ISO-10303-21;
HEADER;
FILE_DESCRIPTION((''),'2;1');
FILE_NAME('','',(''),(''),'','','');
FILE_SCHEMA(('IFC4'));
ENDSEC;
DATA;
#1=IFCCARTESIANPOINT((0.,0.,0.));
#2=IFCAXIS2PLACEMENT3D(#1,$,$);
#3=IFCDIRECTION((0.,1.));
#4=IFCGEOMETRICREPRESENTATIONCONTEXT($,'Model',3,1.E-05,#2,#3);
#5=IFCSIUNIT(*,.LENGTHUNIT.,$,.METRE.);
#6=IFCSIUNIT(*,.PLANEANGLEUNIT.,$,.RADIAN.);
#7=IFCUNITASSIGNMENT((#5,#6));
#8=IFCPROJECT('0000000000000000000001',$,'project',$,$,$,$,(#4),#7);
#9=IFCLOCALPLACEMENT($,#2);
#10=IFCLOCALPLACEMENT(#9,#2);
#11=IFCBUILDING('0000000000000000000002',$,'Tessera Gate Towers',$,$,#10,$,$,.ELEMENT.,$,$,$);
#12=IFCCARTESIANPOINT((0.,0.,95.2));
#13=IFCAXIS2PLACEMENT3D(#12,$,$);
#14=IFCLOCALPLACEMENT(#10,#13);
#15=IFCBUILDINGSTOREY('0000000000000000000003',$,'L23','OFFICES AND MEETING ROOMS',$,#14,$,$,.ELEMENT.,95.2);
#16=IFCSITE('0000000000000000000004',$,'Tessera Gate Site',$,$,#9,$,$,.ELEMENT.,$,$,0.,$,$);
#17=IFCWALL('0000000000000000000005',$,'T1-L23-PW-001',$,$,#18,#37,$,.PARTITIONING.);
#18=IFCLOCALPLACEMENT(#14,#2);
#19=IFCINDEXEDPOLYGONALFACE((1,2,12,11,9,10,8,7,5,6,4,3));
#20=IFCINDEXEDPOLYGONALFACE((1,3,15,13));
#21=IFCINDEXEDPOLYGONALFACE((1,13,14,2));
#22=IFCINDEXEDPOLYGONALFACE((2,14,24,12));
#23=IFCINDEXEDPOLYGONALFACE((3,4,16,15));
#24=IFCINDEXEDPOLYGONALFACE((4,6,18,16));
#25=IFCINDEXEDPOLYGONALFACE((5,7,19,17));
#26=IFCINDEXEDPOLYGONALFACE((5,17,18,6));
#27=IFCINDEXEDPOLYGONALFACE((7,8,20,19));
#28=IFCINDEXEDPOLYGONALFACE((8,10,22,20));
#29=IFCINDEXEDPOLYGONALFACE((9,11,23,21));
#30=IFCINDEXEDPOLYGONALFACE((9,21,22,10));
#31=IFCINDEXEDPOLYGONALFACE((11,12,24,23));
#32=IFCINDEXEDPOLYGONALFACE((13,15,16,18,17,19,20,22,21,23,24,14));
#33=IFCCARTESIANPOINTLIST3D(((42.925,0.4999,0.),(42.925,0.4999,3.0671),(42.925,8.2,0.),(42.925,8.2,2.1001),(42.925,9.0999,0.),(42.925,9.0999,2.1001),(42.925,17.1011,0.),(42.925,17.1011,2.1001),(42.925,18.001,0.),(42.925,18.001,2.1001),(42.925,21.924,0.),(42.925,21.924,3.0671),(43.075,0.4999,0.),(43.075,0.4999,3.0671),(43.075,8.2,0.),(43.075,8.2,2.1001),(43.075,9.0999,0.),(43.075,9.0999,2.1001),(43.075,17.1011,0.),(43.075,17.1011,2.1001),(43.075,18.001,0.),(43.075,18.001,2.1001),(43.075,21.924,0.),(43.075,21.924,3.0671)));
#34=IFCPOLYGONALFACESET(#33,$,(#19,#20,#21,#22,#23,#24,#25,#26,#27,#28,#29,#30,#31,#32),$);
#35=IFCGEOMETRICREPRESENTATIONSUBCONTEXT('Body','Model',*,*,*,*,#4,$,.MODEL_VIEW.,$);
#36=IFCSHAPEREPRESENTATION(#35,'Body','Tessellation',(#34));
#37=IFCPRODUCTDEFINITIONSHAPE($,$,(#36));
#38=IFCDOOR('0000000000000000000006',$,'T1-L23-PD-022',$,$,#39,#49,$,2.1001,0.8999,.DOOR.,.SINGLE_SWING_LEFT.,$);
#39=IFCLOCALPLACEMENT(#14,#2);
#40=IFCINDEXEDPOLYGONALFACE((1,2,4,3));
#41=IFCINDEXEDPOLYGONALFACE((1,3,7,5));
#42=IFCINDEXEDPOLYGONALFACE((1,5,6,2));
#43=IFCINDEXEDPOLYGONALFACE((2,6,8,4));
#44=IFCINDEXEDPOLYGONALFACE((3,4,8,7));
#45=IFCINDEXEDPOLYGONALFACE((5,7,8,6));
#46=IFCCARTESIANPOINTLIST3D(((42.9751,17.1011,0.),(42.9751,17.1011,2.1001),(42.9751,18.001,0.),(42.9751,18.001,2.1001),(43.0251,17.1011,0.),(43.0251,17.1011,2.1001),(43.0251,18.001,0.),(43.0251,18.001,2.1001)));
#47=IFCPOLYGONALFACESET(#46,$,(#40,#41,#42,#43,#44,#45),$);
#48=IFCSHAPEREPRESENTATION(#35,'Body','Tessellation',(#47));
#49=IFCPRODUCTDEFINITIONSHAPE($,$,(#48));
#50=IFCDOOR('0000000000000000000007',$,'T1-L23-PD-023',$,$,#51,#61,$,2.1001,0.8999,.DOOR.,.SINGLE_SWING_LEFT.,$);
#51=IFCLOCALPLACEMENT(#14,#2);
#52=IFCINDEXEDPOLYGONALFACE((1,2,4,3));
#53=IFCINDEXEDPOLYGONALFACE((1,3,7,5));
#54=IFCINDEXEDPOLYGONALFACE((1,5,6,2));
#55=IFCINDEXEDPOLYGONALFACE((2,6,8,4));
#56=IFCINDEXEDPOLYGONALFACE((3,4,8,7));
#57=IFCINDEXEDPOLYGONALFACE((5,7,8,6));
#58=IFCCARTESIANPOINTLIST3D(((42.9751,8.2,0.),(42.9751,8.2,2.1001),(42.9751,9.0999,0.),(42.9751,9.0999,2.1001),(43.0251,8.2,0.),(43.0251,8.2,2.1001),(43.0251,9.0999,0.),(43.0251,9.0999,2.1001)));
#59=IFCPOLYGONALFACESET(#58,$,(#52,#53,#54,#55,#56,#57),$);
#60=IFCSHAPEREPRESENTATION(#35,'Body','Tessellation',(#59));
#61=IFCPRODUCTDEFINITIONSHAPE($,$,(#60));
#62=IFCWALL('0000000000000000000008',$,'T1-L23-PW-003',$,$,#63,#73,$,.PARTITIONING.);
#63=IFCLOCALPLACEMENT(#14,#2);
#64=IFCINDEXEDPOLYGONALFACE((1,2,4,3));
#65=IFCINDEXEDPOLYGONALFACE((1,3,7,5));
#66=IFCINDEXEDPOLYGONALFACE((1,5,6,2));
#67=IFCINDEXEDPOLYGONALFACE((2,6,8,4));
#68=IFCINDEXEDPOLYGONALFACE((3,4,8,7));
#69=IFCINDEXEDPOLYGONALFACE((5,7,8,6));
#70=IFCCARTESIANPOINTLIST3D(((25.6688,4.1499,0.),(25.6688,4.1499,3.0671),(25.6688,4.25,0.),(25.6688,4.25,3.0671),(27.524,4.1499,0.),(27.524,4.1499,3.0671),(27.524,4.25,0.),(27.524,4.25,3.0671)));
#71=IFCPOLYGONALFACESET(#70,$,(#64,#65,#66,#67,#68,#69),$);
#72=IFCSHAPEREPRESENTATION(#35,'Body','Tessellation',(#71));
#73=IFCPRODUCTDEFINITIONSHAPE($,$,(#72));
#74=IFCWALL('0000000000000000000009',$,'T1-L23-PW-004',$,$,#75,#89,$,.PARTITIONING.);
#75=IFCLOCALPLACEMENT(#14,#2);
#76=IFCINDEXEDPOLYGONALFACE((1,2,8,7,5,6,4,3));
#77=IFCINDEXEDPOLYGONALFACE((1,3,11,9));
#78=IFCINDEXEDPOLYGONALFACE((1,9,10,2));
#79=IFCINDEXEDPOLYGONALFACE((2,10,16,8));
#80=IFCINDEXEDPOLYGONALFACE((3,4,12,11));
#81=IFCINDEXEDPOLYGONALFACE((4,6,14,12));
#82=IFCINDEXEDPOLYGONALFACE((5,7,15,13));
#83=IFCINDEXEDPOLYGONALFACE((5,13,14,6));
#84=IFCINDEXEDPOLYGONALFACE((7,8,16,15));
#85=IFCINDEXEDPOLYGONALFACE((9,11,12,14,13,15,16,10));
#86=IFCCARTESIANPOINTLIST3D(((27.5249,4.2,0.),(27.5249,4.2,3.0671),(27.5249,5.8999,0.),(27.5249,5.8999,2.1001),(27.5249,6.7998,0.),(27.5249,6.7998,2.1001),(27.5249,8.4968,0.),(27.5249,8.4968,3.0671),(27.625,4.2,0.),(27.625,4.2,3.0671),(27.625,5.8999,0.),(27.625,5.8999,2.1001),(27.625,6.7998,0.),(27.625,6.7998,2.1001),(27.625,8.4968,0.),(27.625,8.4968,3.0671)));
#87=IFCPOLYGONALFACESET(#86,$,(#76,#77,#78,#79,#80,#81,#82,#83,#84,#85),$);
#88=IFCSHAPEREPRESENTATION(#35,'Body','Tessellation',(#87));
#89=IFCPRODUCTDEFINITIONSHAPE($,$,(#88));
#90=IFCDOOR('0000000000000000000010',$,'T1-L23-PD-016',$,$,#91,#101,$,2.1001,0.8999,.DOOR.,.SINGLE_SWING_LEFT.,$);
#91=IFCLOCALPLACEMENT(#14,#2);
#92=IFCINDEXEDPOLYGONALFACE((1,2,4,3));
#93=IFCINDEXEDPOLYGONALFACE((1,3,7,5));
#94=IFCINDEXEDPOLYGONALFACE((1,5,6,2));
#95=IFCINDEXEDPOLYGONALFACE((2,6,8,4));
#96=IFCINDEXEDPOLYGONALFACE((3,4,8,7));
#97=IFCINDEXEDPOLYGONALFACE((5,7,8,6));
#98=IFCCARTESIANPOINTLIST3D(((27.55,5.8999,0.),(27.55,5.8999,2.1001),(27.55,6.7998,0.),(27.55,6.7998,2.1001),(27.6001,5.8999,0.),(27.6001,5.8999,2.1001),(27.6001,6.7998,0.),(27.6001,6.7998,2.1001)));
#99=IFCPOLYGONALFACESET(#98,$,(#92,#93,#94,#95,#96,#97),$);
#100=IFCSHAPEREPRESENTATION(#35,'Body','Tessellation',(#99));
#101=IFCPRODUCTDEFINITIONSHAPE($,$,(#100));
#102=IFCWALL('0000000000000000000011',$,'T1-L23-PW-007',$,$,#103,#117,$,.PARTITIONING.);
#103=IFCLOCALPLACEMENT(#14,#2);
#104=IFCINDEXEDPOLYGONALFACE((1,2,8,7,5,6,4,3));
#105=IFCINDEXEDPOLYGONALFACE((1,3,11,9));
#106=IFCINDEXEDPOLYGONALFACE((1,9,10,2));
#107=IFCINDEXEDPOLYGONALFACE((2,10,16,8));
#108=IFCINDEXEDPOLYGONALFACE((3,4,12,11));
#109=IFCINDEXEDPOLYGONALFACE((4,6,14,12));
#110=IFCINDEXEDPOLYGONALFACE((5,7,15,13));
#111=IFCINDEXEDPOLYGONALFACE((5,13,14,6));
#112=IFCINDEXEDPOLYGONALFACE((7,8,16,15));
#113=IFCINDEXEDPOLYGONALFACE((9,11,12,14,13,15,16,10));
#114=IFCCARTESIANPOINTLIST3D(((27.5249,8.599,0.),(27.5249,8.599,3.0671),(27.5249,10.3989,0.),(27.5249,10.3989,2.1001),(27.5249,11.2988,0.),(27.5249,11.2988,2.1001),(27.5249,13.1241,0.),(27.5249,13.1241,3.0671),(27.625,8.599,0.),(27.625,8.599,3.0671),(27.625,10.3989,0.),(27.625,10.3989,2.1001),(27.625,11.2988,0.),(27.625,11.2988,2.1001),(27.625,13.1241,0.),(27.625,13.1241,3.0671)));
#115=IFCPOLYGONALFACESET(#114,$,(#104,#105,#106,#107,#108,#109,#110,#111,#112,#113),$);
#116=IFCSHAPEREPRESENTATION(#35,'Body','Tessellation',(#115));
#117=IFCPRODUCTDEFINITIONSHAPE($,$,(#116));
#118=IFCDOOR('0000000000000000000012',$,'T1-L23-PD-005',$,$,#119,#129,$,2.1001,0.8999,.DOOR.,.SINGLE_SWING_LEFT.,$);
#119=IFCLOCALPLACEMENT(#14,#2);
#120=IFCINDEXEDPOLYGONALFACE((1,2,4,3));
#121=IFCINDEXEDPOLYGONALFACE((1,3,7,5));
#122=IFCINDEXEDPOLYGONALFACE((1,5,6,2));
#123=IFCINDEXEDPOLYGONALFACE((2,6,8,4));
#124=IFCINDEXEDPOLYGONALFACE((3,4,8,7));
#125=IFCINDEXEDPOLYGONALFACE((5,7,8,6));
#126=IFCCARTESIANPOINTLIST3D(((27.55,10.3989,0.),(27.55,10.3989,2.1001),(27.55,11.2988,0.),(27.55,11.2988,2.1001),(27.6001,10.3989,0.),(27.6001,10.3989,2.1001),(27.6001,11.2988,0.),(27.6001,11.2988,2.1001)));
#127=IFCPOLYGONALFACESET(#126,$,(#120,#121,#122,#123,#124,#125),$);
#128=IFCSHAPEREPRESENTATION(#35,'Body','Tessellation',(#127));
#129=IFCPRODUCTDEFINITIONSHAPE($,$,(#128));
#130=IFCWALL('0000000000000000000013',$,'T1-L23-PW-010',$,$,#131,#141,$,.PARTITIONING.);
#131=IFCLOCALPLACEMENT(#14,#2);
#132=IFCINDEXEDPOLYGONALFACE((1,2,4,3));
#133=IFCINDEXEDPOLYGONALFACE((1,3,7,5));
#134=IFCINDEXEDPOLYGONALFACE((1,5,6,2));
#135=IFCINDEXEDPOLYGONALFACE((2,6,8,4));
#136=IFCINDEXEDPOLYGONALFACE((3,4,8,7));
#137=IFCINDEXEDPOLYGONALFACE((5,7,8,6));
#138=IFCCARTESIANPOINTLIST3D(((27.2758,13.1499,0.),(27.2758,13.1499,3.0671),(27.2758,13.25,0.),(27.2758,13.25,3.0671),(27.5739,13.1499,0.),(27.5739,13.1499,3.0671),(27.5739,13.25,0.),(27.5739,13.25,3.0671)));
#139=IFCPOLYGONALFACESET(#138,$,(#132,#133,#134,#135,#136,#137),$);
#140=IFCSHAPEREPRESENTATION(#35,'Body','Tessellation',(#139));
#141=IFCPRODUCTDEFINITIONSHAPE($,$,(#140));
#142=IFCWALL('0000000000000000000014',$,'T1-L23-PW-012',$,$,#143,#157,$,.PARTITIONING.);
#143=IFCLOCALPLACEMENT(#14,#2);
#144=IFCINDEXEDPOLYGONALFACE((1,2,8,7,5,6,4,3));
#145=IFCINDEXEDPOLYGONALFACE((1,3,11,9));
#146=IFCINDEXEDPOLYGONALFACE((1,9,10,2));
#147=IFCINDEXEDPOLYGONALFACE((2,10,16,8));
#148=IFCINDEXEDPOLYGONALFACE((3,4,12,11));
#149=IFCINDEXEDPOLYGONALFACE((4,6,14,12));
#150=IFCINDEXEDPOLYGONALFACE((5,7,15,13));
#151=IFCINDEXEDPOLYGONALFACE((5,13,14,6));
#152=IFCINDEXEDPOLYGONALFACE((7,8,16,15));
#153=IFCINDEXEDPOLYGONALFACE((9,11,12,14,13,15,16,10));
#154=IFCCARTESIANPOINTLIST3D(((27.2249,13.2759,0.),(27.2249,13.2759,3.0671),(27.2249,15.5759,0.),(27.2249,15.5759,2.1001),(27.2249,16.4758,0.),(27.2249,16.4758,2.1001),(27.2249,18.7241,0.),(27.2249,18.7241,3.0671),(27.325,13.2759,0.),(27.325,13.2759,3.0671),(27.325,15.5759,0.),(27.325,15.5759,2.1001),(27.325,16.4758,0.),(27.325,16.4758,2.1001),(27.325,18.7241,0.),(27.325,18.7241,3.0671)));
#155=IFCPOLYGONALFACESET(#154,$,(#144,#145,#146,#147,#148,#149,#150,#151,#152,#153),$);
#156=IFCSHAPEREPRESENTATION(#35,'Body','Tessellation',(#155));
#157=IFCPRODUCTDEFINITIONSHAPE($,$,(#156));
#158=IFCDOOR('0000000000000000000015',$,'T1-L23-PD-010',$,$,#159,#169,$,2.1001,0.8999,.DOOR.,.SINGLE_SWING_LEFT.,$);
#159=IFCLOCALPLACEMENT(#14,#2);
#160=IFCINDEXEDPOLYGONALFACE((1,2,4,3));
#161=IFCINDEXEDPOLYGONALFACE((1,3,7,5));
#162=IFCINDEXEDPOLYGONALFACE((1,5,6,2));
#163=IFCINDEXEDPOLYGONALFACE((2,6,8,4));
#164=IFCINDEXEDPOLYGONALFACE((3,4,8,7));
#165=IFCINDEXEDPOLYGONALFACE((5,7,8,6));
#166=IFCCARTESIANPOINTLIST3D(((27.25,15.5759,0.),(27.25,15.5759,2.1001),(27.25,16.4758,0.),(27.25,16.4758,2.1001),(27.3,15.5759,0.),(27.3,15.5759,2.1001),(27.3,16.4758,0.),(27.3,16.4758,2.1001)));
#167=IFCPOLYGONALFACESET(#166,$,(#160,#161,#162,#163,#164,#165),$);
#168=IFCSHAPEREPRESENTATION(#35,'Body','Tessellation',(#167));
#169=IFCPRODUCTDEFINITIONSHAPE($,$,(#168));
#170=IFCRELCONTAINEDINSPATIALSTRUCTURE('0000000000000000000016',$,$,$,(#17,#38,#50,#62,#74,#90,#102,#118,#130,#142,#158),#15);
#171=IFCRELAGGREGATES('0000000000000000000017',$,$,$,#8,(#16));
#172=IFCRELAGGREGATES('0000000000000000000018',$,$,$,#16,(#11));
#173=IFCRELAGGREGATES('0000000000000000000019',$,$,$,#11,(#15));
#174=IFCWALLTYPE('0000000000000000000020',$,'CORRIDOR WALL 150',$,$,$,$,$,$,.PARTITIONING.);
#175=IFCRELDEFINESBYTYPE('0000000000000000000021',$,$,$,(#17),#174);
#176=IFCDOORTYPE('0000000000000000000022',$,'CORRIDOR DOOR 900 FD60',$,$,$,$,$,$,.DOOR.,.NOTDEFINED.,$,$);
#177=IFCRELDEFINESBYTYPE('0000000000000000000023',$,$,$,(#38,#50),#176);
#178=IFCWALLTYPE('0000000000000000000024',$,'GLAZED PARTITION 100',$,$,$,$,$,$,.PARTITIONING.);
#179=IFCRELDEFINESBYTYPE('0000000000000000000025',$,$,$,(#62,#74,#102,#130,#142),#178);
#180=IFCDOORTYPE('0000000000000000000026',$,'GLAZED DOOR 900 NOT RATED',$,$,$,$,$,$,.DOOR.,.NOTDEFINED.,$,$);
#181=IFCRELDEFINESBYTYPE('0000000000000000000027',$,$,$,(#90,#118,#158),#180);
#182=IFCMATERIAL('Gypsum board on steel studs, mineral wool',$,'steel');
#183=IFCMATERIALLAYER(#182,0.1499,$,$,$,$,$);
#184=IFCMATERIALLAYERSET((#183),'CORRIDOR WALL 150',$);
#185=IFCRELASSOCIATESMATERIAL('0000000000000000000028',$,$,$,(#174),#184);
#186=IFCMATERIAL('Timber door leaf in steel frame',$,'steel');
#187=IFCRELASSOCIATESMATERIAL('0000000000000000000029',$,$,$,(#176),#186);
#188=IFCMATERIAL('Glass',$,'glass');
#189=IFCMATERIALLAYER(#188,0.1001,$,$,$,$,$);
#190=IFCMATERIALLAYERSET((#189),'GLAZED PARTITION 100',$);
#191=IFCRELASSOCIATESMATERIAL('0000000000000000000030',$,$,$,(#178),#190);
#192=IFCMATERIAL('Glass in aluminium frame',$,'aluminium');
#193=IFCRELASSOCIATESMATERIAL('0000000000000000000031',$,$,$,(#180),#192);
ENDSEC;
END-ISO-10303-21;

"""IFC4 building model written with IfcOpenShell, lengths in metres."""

from ifc_helpers import new_model, si_unit, direction, frame, frame_2d, origin, place, context, subcontext, project, spatial, rectangle, extrude, source, transform, mapped, material, layer, layer_set, type_object, element, fill, save


model = new_model("IFC4")

# Units and contexts
model_context = context("Model", 3, precision=1e-05, world=origin(), true_north=direction((0.0, 1.0)))
body_context = subcontext(model_context, "Body", "Model", "MODEL_VIEW")
ifc_project = project(units=[si_unit("LENGTHUNIT", "METRE"), si_unit("PLANEANGLEUNIT", "RADIAN")], contexts=[model_context])

# Site, building, storey
site_placement = place(None, origin())
site = spatial("IfcSite", under=ifc_project, at=site_placement, Name="Tessera Gate Site", CompositionType="ELEMENT", RefElevation=0.0)
building_placement = place(site_placement, origin())
building = spatial("IfcBuilding", under=site, at=building_placement, Name="Tessera Gate Towers", CompositionType="ELEMENT")
storey_placement = place(building_placement, frame((0.0, 0.0, 95.2)))
storey = spatial("IfcBuildingStorey", under=building, at=storey_placement, Name="L23", Description="OFFICES AND MEETING ROOMS", CompositionType="ELEMENT", Elevation=95.2)

# Wall, openings, doors
ifc_material_1 = material(Name="Gypsum board on steel studs, mineral wool", Category="steel")
ifc_layer_1 = layer(ifc_material_1, 0.1499)
ifc_layer_set_1 = layer_set([ifc_layer_1], Name="CORRIDOR WALL 150")
wall_type_1 = type_object("IfcWallType", Name="CORRIDOR WALL 150", PredefinedType="PARTITIONING", material=ifc_layer_set_1)
wall_1_placement = place(storey_placement, frame((43.0, 0.5, 0.0), z_axis=(0.0, 0.0, 1.0), x_axis=(0.0, 1.0, 0.0)))
wall_1 = element("IfcWall", 1, at=wall_1_placement, inside=storey, type_object=wall_type_1, Name="T1-L23-PW-001", PredefinedType="PARTITIONING", context=body_context, shape_type="SweptSolid", body=[
    extrude(rectangle(XDim=21.4241, YDim=0.1499, at=frame_2d((10.7119, 0.0))), origin(), (0.0, 0.0, 1.0), 3.0671),
])
shared_shape_1 = source(origin(), body_context, "Body", "SweptSolid", [
    extrude(rectangle(XDim=0.8999, YDim=2.1001, at=frame_2d((0.45, 1.05))), frame((0.0, 0.085, 0.0), z_axis=(0.0, -1.0, 0.0), x_axis=(1.0, 0.0, 0.0)), (0.0, 0.0, 1.0), 0.1699),
])
opening_1_placement = place(wall_1_placement, frame((16.6011, 0.0, 0.0)))
opening_1 = element("IfcOpeningElement", 2, at=opening_1_placement, cuts=wall_1, PredefinedType="OPENING", context=body_context, shape_type="MappedRepresentation", body=[
    mapped(shared_shape_1, transform((0.0, 0.0, 0.0), scale=1.0)),
])
opening_2_placement = place(wall_1_placement, frame((7.7, 0.0, 0.0)))
opening_2 = element("IfcOpeningElement", 3, at=opening_2_placement, cuts=wall_1, PredefinedType="OPENING", context=body_context, shape_type="MappedRepresentation", body=[
    mapped(shared_shape_1, transform((0.0, 0.0, 0.0), scale=1.0)),
])
ifc_material_2 = material(Name="Timber door leaf in steel frame", Category="steel")
door_type_1 = type_object("IfcDoorType", Name="CORRIDOR DOOR 900 FD60", OperationType="NOTDEFINED", PredefinedType="DOOR", material=ifc_material_2)
shared_shape_2 = source(origin(), body_context, "Body", "SweptSolid", [
    extrude(rectangle(XDim=0.8999, YDim=2.1001, at=frame_2d((0.45, 1.05))), frame((0.0, 0.0249, 0.0), z_axis=(0.0, -1.0, 0.0), x_axis=(1.0, 0.0, 0.0)), (0.0, 0.0, 1.0), 0.05),
])
door_1_placement = place(opening_1_placement, origin())
door_1 = element("IfcDoor", 4, at=door_1_placement, inside=storey, type_object=door_type_1, Name="T1-L23-PD-022", OperationType="SINGLE_SWING_LEFT", OverallHeight=2.1001, OverallWidth=0.8999, PredefinedType="DOOR", context=body_context, shape_type="MappedRepresentation", body=[
    mapped(shared_shape_2, transform((0.0, 0.0, 0.0), scale=1.0)),
])
fill(opening_1, door_1)
door_2_placement = place(opening_2_placement, origin())
door_2 = element("IfcDoor", 5, at=door_2_placement, inside=storey, type_object=door_type_1, Name="T1-L23-PD-023", OperationType="SINGLE_SWING_LEFT", OverallHeight=2.1001, OverallWidth=0.8999, PredefinedType="DOOR", context=body_context, shape_type="MappedRepresentation", body=[
    mapped(shared_shape_2, transform((0.0, 0.0, 0.0), scale=1.0)),
])
fill(opening_2, door_2)

# Wall
ifc_material_3 = material(Name="Glass", Category="glass")
ifc_layer_2 = layer(ifc_material_3, 0.1001)
ifc_layer_set_2 = layer_set([ifc_layer_2], Name="GLAZED PARTITION 100")
wall_type_2 = type_object("IfcWallType", Name="GLAZED PARTITION 100", PredefinedType="PARTITIONING", material=ifc_layer_set_2)
wall_2_placement = place(storey_placement, frame((25.6687, 4.2, 0.0), z_axis=(0.0, 0.0, 1.0), x_axis=(1.0, 0.0, 0.0)))
element("IfcWall", 6, at=wall_2_placement, inside=storey, type_object=wall_type_2, Name="T1-L23-PW-003", PredefinedType="PARTITIONING", context=body_context, shape_type="SweptSolid", body=[
    extrude(rectangle(XDim=1.8552, YDim=0.1001, at=frame_2d((0.9277, 0.0))), origin(), (0.0, 0.0, 1.0), 3.0671),
])

# Walls, openings, doors
wall_3_placement = place(storey_placement, frame((27.575, 4.2, 0.0), z_axis=(0.0, 0.0, 1.0), x_axis=(0.0, 1.0, 0.0)))
wall_3 = element("IfcWall", 7, at=wall_3_placement, inside=storey, type_object=wall_type_2, Name="T1-L23-PW-004", PredefinedType="PARTITIONING", context=body_context, shape_type="SweptSolid", body=[
    extrude(rectangle(XDim=4.2969, YDim=0.1001, at=frame_2d((2.1484, 0.0))), origin(), (0.0, 0.0, 1.0), 3.0671),
])
shared_shape_3 = source(origin(), body_context, "Body", "SweptSolid", [
    extrude(rectangle(XDim=0.8999, YDim=2.1001, at=frame_2d((0.45, 1.05))), frame((0.0, 0.0601, 0.0), z_axis=(0.0, -1.0, 0.0), x_axis=(1.0, 0.0, 0.0)), (0.0, 0.0, 1.0), 0.1201),
])
opening_3_placement = place(wall_3_placement, frame((1.7, 0.0, 0.0)))
opening_3 = element("IfcOpeningElement", 8, at=opening_3_placement, cuts=wall_3, PredefinedType="OPENING", context=body_context, shape_type="MappedRepresentation", body=[
    mapped(shared_shape_3, transform((0.0, 0.0, 0.0), scale=1.0)),
])
ifc_material_4 = material(Name="Glass in aluminium frame", Category="aluminium")
door_type_2 = type_object("IfcDoorType", Name="GLAZED DOOR 900 NOT RATED", OperationType="NOTDEFINED", PredefinedType="DOOR", material=ifc_material_4)
door_3_placement = place(opening_3_placement, origin())
door_3 = element("IfcDoor", 9, at=door_3_placement, inside=storey, type_object=door_type_2, Name="T1-L23-PD-016", OperationType="SINGLE_SWING_LEFT", OverallHeight=2.1001, OverallWidth=0.8999, PredefinedType="DOOR", context=body_context, shape_type="MappedRepresentation", body=[
    mapped(shared_shape_2, transform((0.0, 0.0, 0.0), scale=1.0)),
])
fill(opening_3, door_3)
wall_4_placement = place(storey_placement, frame((27.575, 8.5989, 0.0), z_axis=(0.0, 0.0, 1.0), x_axis=(0.0, 1.0, 0.0)))
wall_4 = element("IfcWall", 10, at=wall_4_placement, inside=storey, type_object=wall_type_2, Name="T1-L23-PW-007", PredefinedType="PARTITIONING", context=body_context, shape_type="SweptSolid", body=[
    extrude(rectangle(XDim=4.5251, YDim=0.1001, at=frame_2d((2.2627, 0.0))), origin(), (0.0, 0.0, 1.0), 3.0671),
])
opening_4_placement = place(wall_4_placement, frame((1.8, 0.0, 0.0)))
opening_4 = element("IfcOpeningElement", 11, at=opening_4_placement, cuts=wall_4, PredefinedType="OPENING", context=body_context, shape_type="MappedRepresentation", body=[
    mapped(shared_shape_3, transform((0.0, 0.0, 0.0), scale=1.0)),
])
door_4_placement = place(opening_4_placement, origin())
door_4 = element("IfcDoor", 12, at=door_4_placement, inside=storey, type_object=door_type_2, Name="T1-L23-PD-005", OperationType="SINGLE_SWING_LEFT", OverallHeight=2.1001, OverallWidth=0.8999, PredefinedType="DOOR", context=body_context, shape_type="MappedRepresentation", body=[
    mapped(shared_shape_2, transform((0.0, 0.0, 0.0), scale=1.0)),
])
fill(opening_4, door_4)

# Wall
wall_5_placement = place(storey_placement, frame((27.2759, 13.2, 0.0), z_axis=(0.0, 0.0, 1.0), x_axis=(1.0, 0.0, 0.0)))
element("IfcWall", 13, at=wall_5_placement, inside=storey, type_object=wall_type_2, Name="T1-L23-PW-010", PredefinedType="PARTITIONING", context=body_context, shape_type="SweptSolid", body=[
    extrude(rectangle(XDim=0.2981, YDim=0.1001, at=frame_2d((0.1489, 0.0))), origin(), (0.0, 0.0, 1.0), 3.0671),
])

# Wall, opening, door
wall_6_placement = place(storey_placement, frame((27.2749, 13.2759, 0.0), z_axis=(0.0, 0.0, 1.0), x_axis=(0.0, 1.0, 0.0)))
wall_6 = element("IfcWall", 14, at=wall_6_placement, inside=storey, type_object=wall_type_2, Name="T1-L23-PW-012", PredefinedType="PARTITIONING", context=body_context, shape_type="SweptSolid", body=[
    extrude(rectangle(XDim=5.4482, YDim=0.1001, at=frame_2d((2.7241, 0.0))), origin(), (0.0, 0.0, 1.0), 3.0671),
])
opening_5_placement = place(wall_6_placement, frame((2.3, 0.0, 0.0)))
opening_5 = element("IfcOpeningElement", 15, at=opening_5_placement, cuts=wall_6, PredefinedType="OPENING", context=body_context, shape_type="MappedRepresentation", body=[
    mapped(shared_shape_3, transform((0.0, 0.0, 0.0), scale=1.0)),
])
door_5_placement = place(opening_5_placement, origin())
door_5 = element("IfcDoor", 16, at=door_5_placement, inside=storey, type_object=door_type_2, Name="T1-L23-PD-010", OperationType="SINGLE_SWING_LEFT", OverallHeight=2.1001, OverallWidth=0.8999, PredefinedType="DOOR", context=body_context, shape_type="MappedRepresentation", body=[
    mapped(shared_shape_2, transform((0.0, 0.0, 0.0), scale=1.0)),
])
fill(opening_5, door_5)

save(model, "model.ifc")
